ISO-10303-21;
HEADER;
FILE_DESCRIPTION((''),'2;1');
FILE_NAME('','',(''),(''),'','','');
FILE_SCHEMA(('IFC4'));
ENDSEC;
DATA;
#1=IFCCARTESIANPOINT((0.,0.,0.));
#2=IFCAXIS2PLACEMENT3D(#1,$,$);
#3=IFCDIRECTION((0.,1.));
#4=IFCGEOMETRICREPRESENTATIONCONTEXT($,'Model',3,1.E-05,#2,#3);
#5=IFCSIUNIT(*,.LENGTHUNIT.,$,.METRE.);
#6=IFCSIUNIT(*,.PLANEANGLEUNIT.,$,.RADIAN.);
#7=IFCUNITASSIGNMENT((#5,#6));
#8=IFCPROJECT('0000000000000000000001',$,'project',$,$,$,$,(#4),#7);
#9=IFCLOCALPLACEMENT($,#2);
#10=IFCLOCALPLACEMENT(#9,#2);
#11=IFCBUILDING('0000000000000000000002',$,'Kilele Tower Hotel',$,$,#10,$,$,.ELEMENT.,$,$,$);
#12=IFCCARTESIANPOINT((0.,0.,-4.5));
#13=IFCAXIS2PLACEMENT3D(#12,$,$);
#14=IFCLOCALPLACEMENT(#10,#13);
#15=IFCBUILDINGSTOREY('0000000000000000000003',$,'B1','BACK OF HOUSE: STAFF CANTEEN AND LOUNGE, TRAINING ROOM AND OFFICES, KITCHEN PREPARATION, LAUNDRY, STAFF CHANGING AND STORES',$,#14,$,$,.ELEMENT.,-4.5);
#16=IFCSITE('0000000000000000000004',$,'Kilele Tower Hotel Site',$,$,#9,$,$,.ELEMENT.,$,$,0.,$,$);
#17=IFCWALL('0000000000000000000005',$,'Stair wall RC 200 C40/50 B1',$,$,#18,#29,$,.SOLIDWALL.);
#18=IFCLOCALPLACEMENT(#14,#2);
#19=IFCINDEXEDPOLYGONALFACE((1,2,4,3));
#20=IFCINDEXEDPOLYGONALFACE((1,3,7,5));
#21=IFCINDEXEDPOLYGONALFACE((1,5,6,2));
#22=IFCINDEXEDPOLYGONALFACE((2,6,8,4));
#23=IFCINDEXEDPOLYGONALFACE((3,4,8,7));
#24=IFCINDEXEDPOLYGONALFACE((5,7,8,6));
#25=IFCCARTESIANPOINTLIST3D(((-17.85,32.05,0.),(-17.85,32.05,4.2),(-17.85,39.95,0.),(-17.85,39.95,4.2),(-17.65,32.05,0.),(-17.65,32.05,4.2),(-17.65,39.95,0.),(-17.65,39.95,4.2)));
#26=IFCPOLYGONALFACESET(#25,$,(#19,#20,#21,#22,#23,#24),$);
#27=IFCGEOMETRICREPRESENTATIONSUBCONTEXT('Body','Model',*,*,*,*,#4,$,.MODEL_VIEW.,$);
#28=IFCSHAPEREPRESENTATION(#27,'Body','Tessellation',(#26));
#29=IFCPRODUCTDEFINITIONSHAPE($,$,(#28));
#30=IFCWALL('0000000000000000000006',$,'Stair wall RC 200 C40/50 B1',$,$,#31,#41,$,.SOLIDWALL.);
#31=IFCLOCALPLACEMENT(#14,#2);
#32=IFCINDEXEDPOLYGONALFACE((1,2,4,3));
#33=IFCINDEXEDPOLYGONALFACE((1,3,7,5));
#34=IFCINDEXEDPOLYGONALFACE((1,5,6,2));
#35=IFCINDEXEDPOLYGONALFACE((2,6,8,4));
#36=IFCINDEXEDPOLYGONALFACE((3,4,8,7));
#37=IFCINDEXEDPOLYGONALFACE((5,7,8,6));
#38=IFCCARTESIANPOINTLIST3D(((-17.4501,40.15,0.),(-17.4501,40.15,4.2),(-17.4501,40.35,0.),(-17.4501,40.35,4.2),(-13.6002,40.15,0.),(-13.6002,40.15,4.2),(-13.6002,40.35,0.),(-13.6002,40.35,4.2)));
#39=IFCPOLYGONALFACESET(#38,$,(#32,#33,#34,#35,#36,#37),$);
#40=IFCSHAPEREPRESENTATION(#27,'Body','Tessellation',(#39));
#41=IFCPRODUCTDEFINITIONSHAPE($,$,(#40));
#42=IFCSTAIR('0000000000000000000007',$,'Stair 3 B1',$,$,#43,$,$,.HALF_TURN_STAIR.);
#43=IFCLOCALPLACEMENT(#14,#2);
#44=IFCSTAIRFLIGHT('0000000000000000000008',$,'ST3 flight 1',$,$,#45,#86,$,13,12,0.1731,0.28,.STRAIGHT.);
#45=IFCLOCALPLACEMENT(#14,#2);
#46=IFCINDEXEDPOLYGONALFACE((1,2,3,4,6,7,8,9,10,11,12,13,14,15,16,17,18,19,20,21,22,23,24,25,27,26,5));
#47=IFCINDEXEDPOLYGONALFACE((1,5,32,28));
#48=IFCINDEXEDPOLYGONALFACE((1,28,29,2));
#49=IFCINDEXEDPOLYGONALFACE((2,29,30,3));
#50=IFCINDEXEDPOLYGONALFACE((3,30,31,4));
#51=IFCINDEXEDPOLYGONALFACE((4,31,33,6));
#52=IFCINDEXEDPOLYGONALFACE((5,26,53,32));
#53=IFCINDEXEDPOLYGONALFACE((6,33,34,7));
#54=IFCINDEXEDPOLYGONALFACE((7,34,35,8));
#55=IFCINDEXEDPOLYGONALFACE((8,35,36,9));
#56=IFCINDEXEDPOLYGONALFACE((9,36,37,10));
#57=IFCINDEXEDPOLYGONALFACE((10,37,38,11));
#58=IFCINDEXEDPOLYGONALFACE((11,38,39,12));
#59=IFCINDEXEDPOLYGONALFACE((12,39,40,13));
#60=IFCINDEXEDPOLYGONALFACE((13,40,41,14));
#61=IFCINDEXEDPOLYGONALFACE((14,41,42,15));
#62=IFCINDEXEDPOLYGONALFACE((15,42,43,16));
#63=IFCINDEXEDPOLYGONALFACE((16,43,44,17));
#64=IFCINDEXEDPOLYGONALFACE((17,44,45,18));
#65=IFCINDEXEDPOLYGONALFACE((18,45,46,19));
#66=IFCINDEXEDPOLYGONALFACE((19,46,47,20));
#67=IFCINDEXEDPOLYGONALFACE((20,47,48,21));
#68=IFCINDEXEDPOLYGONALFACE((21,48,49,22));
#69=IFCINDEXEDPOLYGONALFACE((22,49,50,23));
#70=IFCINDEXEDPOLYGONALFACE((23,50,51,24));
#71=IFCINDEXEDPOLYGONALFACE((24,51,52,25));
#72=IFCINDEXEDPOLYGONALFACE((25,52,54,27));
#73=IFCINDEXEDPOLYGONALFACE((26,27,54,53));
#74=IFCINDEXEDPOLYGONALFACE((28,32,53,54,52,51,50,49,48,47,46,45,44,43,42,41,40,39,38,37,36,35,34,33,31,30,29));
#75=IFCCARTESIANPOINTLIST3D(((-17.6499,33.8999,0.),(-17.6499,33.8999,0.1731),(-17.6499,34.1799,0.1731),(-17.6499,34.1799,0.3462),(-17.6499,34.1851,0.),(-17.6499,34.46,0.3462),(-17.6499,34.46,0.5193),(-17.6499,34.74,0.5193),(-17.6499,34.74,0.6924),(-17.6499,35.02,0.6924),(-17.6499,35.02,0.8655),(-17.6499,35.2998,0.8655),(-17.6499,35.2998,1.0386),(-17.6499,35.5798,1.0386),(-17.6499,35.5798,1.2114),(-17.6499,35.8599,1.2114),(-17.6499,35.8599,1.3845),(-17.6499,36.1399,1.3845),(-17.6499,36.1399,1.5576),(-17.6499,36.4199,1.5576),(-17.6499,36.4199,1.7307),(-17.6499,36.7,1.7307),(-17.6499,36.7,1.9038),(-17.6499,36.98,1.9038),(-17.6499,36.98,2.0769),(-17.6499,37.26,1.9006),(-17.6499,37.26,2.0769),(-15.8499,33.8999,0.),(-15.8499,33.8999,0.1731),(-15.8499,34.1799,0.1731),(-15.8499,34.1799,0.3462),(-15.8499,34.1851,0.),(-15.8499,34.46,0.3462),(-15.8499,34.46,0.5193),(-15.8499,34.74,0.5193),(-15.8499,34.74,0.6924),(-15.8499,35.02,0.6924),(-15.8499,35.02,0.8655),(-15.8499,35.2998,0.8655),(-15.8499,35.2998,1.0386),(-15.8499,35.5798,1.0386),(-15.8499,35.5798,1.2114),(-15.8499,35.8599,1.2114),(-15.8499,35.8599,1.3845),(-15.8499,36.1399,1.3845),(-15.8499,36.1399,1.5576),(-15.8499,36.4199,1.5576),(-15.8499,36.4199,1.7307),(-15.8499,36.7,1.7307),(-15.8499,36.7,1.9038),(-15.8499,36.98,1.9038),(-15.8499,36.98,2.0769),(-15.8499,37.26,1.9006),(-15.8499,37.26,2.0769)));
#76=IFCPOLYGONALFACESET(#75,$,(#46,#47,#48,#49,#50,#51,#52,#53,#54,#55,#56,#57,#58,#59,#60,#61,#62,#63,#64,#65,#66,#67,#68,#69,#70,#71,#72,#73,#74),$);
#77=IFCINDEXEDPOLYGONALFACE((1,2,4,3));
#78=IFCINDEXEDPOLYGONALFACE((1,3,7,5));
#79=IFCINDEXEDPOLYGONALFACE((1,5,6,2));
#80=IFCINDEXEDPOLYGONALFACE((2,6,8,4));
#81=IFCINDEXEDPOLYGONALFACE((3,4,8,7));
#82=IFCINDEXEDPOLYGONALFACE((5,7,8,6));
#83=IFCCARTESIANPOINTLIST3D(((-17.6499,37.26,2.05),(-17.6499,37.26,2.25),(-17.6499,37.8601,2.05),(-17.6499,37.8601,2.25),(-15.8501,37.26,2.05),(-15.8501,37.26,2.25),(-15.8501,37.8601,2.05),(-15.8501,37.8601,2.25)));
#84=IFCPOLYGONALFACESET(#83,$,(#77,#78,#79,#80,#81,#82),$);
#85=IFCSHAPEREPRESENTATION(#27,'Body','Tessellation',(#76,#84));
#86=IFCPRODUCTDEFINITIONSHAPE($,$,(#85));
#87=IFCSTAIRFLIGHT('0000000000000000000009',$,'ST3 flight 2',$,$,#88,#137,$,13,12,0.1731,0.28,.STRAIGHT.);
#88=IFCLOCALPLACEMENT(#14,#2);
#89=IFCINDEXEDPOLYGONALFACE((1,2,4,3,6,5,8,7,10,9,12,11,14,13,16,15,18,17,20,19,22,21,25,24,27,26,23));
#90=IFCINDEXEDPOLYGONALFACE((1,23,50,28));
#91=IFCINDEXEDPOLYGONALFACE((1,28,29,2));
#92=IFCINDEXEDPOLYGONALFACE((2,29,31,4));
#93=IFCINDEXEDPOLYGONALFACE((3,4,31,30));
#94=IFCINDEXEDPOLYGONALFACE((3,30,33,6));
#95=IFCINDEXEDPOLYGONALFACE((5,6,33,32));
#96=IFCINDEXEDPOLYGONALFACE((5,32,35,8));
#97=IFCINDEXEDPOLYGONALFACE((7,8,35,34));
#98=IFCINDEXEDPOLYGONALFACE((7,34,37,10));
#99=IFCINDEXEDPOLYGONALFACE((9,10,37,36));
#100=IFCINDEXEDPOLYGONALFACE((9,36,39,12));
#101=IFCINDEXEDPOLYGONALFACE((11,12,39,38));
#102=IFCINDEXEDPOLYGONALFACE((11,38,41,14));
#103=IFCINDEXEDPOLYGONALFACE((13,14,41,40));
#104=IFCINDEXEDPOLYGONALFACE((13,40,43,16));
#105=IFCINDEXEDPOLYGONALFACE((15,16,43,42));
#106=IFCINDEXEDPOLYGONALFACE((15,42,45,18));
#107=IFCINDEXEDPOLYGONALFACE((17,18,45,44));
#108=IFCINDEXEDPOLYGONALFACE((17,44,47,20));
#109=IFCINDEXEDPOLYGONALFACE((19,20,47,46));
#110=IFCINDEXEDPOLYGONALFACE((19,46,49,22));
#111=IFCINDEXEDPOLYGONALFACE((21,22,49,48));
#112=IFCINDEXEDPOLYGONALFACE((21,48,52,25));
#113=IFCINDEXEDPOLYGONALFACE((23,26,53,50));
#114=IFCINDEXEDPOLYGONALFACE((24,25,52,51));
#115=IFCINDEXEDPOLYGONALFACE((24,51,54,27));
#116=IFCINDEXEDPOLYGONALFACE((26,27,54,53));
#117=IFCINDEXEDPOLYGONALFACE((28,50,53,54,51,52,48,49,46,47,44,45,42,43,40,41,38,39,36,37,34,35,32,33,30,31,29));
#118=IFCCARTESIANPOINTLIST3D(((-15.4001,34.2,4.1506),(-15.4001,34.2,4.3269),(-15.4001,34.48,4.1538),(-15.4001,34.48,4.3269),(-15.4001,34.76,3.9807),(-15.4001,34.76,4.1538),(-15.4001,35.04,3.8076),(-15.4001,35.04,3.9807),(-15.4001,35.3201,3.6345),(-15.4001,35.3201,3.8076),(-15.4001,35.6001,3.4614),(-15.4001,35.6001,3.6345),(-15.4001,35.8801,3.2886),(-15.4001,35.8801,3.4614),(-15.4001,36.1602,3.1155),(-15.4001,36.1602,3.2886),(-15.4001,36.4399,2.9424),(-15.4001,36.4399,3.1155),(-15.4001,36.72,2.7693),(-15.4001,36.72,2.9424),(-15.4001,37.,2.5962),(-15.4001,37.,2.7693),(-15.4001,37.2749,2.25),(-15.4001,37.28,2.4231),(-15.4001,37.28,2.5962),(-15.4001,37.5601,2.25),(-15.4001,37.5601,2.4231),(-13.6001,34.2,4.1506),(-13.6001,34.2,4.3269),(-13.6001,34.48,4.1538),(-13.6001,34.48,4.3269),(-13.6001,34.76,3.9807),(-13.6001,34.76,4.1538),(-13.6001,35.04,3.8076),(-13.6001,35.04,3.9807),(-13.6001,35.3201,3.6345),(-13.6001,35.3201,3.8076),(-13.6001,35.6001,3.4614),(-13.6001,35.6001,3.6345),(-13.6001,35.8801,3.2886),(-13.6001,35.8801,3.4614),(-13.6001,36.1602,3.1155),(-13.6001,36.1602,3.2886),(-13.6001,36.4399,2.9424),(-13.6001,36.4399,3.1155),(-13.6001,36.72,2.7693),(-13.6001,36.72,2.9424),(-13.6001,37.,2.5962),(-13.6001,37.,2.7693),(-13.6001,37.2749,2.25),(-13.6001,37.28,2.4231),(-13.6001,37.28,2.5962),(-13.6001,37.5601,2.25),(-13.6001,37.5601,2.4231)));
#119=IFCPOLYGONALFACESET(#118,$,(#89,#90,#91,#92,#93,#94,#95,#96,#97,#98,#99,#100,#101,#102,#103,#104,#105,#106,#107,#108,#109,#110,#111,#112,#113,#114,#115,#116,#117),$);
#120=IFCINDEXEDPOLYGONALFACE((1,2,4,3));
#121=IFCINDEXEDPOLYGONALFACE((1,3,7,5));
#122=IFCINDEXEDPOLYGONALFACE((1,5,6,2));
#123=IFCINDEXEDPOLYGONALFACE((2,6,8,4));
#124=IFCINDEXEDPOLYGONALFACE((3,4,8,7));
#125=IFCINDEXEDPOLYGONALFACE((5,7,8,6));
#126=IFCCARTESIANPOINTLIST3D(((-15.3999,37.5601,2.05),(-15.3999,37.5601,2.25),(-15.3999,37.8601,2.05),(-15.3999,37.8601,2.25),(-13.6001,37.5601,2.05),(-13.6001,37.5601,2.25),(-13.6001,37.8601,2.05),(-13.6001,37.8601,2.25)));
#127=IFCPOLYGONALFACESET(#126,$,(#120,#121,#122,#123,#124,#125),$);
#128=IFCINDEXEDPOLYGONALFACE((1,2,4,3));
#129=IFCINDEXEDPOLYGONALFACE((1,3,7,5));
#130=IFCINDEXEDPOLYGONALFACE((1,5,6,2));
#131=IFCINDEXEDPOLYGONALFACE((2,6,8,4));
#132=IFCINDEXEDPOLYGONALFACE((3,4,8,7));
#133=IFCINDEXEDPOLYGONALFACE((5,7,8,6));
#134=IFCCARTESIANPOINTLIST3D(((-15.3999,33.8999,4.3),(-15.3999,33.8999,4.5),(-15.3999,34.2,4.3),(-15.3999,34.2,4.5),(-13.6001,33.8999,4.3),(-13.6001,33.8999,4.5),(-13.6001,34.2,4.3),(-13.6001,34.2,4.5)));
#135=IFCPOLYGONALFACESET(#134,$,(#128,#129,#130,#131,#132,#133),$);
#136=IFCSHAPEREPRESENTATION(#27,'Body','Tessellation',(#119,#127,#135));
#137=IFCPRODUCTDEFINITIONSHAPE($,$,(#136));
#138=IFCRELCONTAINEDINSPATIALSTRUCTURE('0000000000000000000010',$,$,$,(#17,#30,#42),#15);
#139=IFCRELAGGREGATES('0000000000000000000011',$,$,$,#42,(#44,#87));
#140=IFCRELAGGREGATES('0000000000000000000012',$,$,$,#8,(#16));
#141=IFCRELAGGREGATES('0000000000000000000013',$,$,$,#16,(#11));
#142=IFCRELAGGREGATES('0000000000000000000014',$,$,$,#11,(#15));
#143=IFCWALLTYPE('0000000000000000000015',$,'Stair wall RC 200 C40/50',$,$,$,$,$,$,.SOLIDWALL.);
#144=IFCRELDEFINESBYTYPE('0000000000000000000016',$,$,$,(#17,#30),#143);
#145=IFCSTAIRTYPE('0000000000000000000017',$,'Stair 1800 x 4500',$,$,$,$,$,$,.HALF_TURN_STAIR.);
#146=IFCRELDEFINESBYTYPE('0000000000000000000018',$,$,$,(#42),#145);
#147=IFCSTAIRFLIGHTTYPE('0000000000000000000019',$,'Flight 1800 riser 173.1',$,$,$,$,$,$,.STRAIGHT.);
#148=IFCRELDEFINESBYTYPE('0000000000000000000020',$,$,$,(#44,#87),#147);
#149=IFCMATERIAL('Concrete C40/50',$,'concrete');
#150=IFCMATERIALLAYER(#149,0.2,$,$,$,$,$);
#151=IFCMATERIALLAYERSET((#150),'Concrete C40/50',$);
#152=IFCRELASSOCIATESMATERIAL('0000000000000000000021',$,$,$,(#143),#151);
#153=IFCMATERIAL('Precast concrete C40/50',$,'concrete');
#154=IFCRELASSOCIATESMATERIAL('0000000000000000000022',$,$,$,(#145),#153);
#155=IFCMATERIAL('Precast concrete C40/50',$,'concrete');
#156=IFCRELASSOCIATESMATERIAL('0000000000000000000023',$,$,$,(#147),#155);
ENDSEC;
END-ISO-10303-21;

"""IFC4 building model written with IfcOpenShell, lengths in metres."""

from ifc_helpers import new_model, si_unit, direction, frame, frame_2d, origin, place, context, subcontext, project, spatial, polyline, rectangle, outline, extrude, material, layer, layer_set, type_object, element, aggregate, save


model = new_model("IFC4")

# Units and contexts
model_context = context("Model", 3, precision=1e-05, world=origin(), true_north=direction((0.0, 1.0)))
body_context = subcontext(model_context, "Body", "Model", "MODEL_VIEW")
ifc_project = project(units=[si_unit("LENGTHUNIT", "METRE"), si_unit("PLANEANGLEUNIT", "RADIAN")], contexts=[model_context])

# Site, building, storey
site_placement = place(None, origin())
site = spatial("IfcSite", under=ifc_project, at=site_placement, Name="Kilele Tower Hotel Site", CompositionType="ELEMENT", RefElevation=0.0)
building_placement = place(site_placement, origin())
building = spatial("IfcBuilding", under=site, at=building_placement, Name="Kilele Tower Hotel", CompositionType="ELEMENT")
storey_placement = place(building_placement, frame((0.0, 0.0, -4.5)))
storey = spatial("IfcBuildingStorey", under=building, at=storey_placement, Name="B1", Description="BACK OF HOUSE: STAFF CANTEEN AND LOUNGE, TRAINING ROOM AND OFFICES, KITCHEN PREPARATION, LAUNDRY, STAFF CHANGING AND STORES", CompositionType="ELEMENT", Elevation=-4.5)

# Shared definitions
ifc_material_1 = material(Name="Concrete C40/50", Category="concrete")
ifc_layer_1 = layer(ifc_material_1, 0.2)
ifc_layer_set_1 = layer_set([ifc_layer_1], Name="Concrete C40/50")
wall_type_1 = type_object("IfcWallType", Name="Stair wall RC 200 C40/50", PredefinedType="SOLIDWALL", material=ifc_layer_set_1)

# Walls
wall_1_placement = place(storey_placement, frame((-17.75, 32.05, 0.0), z_axis=(0.0, 0.0, 1.0), x_axis=(0.0, 1.0, 0.0)))
element("IfcWall", 1, at=wall_1_placement, inside=storey, type_object=wall_type_1, Name="Stair wall RC 200 C40/50 B1", PredefinedType="SOLIDWALL", context=body_context, shape_type="SweptSolid", body=[
    extrude(rectangle(XDim=7.8999, YDim=0.2, at=frame_2d((3.95, 0.0))), origin(), (0.0, 0.0, 1.0), 4.2),
])
wall_2_placement = place(storey_placement, frame((-17.45, 40.25, 0.0), z_axis=(0.0, 0.0, 1.0), x_axis=(1.0, 0.0, 0.0)))
element("IfcWall", 2, at=wall_2_placement, inside=storey, type_object=wall_type_1, Name="Stair wall RC 200 C40/50 B1", PredefinedType="SOLIDWALL", context=body_context, shape_type="SweptSolid", body=[
    extrude(rectangle(XDim=3.8499, YDim=0.2, at=frame_2d((1.9248, 0.0))), origin(), (0.0, 0.0, 1.0), 4.2),
])

# Stair, stair flights
ifc_material_2 = material(Name="Precast concrete C40/50", Category="concrete")
stair_type = type_object("IfcStairType", Name="Stair 1800 x 4500", PredefinedType="HALF_TURN_STAIR", material=ifc_material_2)
stair_placement = place(storey_placement, origin())
stair = element("IfcStair", 3, at=stair_placement, inside=storey, type_object=stair_type, Name="Stair 3 B1", PredefinedType="HALF_TURN_STAIR")
ifc_material_3 = material(Name="Precast concrete C40/50", Category="concrete")
stair_flight_type = type_object("IfcStairFlightType", Name="Flight 1800 riser 173.1", PredefinedType="STRAIGHT", material=ifc_material_3)
stair_flight_1_placement = place(storey_placement, frame((-16.75, 33.8999, 0.0), z_axis=(0.0, 0.0, 1.0), x_axis=(0.0, 1.0, 0.0)))
stair_flight_1 = element("IfcStairFlight", 4, at=stair_flight_1_placement, type_object=stair_flight_type, Name="ST3 flight 1", NumberOfRisers=13, NumberOfTreads=12, PredefinedType="STRAIGHT", RiserHeight=0.1731, TreadLength=0.28, context=body_context, shape_type="SweptSolid", body=[
    extrude(outline(polyline([(0.0, 0.0), (0.0, 0.1731), (0.28, 0.1731), (0.28, 0.3462), (0.5601, 0.3462), (0.5601, 0.5193), (0.8401, 0.5193), (0.8401, 0.6924), (1.1201, 0.6924), (1.1201, 0.8655), (1.3999, 0.8655), (1.3999, 1.0386), (1.6799, 1.0386), (1.6799, 1.2114), (1.96, 1.2114), (1.96, 1.3845), (2.24, 1.3845), (2.24, 1.5576), (2.52, 1.5576), (2.52, 1.7307), (2.8, 1.7307), (2.8, 1.9038), (3.0801, 1.9038), (3.0801, 2.0769), (3.3601, 2.0769), (3.3601, 2.25), (3.3601, 1.9006), (0.2852, 0.0), (0.0, 0.0)])), frame((0.0, 0.8999, 0.0), z_axis=(0.0, -1.0, 0.0), x_axis=(1.0, 0.0, 0.0)), (0.0, 0.0, 1.0), 1.8),
    extrude(outline(polyline([(3.3601, 0.8999), (3.3601, -0.8999), (3.9602, -0.8999), (3.9602, 0.8999), (3.3601, 0.8999)])), frame((0.0, 0.0, 2.05)), (0.0, 0.0, 1.0), 0.2),
])
stair_flight_2_placement = place(storey_placement, frame((-14.5, 37.5601, 2.25), z_axis=(0.0, 0.0, 1.0), x_axis=(0.0, -1.0, 0.0)))
stair_flight_2 = element("IfcStairFlight", 5, at=stair_flight_2_placement, type_object=stair_flight_type, Name="ST3 flight 2", NumberOfRisers=13, NumberOfTreads=12, PredefinedType="STRAIGHT", RiserHeight=0.1731, TreadLength=0.28, context=body_context, shape_type="SweptSolid", body=[
    extrude(outline(polyline([(0.0, 0.0), (0.0, 0.1731), (0.28, 0.1731), (0.28, 0.3462), (0.5601, 0.3462), (0.5601, 0.5193), (0.8401, 0.5193), (0.8401, 0.6924), (1.1201, 0.6924), (1.1201, 0.8655), (1.3999, 0.8655), (1.3999, 1.0386), (1.6799, 1.0386), (1.6799, 1.2114), (1.96, 1.2114), (1.96, 1.3845), (2.24, 1.3845), (2.24, 1.5576), (2.52, 1.5576), (2.52, 1.7307), (2.8, 1.7307), (2.8, 1.9038), (3.0801, 1.9038), (3.0801, 2.0769), (3.3601, 2.0769), (3.3601, 2.25), (3.3601, 1.9006), (0.2852, 0.0), (0.0, 0.0)])), frame((0.0, 0.8999, 0.0), z_axis=(0.0, -1.0, 0.0), x_axis=(1.0, 0.0, 0.0)), (0.0, 0.0, 1.0), 1.8),
    extrude(outline(polyline([(0.0, -0.8999), (0.0, 0.8999), (-0.3, 0.8999), (-0.3, -0.8999), (0.0, -0.8999)])), frame((0.0, 0.0, -0.2)), (0.0, 0.0, 1.0), 0.2),
    extrude(outline(polyline([(3.6602, -0.8999), (3.6602, 0.8999), (3.3601, 0.8999), (3.3601, -0.8999), (3.6602, -0.8999)])), frame((0.0, 0.0, 2.05)), (0.0, 0.0, 1.0), 0.2),
])
aggregate(stair, [stair_flight_1, stair_flight_2])

save(model, "model.ifc")
